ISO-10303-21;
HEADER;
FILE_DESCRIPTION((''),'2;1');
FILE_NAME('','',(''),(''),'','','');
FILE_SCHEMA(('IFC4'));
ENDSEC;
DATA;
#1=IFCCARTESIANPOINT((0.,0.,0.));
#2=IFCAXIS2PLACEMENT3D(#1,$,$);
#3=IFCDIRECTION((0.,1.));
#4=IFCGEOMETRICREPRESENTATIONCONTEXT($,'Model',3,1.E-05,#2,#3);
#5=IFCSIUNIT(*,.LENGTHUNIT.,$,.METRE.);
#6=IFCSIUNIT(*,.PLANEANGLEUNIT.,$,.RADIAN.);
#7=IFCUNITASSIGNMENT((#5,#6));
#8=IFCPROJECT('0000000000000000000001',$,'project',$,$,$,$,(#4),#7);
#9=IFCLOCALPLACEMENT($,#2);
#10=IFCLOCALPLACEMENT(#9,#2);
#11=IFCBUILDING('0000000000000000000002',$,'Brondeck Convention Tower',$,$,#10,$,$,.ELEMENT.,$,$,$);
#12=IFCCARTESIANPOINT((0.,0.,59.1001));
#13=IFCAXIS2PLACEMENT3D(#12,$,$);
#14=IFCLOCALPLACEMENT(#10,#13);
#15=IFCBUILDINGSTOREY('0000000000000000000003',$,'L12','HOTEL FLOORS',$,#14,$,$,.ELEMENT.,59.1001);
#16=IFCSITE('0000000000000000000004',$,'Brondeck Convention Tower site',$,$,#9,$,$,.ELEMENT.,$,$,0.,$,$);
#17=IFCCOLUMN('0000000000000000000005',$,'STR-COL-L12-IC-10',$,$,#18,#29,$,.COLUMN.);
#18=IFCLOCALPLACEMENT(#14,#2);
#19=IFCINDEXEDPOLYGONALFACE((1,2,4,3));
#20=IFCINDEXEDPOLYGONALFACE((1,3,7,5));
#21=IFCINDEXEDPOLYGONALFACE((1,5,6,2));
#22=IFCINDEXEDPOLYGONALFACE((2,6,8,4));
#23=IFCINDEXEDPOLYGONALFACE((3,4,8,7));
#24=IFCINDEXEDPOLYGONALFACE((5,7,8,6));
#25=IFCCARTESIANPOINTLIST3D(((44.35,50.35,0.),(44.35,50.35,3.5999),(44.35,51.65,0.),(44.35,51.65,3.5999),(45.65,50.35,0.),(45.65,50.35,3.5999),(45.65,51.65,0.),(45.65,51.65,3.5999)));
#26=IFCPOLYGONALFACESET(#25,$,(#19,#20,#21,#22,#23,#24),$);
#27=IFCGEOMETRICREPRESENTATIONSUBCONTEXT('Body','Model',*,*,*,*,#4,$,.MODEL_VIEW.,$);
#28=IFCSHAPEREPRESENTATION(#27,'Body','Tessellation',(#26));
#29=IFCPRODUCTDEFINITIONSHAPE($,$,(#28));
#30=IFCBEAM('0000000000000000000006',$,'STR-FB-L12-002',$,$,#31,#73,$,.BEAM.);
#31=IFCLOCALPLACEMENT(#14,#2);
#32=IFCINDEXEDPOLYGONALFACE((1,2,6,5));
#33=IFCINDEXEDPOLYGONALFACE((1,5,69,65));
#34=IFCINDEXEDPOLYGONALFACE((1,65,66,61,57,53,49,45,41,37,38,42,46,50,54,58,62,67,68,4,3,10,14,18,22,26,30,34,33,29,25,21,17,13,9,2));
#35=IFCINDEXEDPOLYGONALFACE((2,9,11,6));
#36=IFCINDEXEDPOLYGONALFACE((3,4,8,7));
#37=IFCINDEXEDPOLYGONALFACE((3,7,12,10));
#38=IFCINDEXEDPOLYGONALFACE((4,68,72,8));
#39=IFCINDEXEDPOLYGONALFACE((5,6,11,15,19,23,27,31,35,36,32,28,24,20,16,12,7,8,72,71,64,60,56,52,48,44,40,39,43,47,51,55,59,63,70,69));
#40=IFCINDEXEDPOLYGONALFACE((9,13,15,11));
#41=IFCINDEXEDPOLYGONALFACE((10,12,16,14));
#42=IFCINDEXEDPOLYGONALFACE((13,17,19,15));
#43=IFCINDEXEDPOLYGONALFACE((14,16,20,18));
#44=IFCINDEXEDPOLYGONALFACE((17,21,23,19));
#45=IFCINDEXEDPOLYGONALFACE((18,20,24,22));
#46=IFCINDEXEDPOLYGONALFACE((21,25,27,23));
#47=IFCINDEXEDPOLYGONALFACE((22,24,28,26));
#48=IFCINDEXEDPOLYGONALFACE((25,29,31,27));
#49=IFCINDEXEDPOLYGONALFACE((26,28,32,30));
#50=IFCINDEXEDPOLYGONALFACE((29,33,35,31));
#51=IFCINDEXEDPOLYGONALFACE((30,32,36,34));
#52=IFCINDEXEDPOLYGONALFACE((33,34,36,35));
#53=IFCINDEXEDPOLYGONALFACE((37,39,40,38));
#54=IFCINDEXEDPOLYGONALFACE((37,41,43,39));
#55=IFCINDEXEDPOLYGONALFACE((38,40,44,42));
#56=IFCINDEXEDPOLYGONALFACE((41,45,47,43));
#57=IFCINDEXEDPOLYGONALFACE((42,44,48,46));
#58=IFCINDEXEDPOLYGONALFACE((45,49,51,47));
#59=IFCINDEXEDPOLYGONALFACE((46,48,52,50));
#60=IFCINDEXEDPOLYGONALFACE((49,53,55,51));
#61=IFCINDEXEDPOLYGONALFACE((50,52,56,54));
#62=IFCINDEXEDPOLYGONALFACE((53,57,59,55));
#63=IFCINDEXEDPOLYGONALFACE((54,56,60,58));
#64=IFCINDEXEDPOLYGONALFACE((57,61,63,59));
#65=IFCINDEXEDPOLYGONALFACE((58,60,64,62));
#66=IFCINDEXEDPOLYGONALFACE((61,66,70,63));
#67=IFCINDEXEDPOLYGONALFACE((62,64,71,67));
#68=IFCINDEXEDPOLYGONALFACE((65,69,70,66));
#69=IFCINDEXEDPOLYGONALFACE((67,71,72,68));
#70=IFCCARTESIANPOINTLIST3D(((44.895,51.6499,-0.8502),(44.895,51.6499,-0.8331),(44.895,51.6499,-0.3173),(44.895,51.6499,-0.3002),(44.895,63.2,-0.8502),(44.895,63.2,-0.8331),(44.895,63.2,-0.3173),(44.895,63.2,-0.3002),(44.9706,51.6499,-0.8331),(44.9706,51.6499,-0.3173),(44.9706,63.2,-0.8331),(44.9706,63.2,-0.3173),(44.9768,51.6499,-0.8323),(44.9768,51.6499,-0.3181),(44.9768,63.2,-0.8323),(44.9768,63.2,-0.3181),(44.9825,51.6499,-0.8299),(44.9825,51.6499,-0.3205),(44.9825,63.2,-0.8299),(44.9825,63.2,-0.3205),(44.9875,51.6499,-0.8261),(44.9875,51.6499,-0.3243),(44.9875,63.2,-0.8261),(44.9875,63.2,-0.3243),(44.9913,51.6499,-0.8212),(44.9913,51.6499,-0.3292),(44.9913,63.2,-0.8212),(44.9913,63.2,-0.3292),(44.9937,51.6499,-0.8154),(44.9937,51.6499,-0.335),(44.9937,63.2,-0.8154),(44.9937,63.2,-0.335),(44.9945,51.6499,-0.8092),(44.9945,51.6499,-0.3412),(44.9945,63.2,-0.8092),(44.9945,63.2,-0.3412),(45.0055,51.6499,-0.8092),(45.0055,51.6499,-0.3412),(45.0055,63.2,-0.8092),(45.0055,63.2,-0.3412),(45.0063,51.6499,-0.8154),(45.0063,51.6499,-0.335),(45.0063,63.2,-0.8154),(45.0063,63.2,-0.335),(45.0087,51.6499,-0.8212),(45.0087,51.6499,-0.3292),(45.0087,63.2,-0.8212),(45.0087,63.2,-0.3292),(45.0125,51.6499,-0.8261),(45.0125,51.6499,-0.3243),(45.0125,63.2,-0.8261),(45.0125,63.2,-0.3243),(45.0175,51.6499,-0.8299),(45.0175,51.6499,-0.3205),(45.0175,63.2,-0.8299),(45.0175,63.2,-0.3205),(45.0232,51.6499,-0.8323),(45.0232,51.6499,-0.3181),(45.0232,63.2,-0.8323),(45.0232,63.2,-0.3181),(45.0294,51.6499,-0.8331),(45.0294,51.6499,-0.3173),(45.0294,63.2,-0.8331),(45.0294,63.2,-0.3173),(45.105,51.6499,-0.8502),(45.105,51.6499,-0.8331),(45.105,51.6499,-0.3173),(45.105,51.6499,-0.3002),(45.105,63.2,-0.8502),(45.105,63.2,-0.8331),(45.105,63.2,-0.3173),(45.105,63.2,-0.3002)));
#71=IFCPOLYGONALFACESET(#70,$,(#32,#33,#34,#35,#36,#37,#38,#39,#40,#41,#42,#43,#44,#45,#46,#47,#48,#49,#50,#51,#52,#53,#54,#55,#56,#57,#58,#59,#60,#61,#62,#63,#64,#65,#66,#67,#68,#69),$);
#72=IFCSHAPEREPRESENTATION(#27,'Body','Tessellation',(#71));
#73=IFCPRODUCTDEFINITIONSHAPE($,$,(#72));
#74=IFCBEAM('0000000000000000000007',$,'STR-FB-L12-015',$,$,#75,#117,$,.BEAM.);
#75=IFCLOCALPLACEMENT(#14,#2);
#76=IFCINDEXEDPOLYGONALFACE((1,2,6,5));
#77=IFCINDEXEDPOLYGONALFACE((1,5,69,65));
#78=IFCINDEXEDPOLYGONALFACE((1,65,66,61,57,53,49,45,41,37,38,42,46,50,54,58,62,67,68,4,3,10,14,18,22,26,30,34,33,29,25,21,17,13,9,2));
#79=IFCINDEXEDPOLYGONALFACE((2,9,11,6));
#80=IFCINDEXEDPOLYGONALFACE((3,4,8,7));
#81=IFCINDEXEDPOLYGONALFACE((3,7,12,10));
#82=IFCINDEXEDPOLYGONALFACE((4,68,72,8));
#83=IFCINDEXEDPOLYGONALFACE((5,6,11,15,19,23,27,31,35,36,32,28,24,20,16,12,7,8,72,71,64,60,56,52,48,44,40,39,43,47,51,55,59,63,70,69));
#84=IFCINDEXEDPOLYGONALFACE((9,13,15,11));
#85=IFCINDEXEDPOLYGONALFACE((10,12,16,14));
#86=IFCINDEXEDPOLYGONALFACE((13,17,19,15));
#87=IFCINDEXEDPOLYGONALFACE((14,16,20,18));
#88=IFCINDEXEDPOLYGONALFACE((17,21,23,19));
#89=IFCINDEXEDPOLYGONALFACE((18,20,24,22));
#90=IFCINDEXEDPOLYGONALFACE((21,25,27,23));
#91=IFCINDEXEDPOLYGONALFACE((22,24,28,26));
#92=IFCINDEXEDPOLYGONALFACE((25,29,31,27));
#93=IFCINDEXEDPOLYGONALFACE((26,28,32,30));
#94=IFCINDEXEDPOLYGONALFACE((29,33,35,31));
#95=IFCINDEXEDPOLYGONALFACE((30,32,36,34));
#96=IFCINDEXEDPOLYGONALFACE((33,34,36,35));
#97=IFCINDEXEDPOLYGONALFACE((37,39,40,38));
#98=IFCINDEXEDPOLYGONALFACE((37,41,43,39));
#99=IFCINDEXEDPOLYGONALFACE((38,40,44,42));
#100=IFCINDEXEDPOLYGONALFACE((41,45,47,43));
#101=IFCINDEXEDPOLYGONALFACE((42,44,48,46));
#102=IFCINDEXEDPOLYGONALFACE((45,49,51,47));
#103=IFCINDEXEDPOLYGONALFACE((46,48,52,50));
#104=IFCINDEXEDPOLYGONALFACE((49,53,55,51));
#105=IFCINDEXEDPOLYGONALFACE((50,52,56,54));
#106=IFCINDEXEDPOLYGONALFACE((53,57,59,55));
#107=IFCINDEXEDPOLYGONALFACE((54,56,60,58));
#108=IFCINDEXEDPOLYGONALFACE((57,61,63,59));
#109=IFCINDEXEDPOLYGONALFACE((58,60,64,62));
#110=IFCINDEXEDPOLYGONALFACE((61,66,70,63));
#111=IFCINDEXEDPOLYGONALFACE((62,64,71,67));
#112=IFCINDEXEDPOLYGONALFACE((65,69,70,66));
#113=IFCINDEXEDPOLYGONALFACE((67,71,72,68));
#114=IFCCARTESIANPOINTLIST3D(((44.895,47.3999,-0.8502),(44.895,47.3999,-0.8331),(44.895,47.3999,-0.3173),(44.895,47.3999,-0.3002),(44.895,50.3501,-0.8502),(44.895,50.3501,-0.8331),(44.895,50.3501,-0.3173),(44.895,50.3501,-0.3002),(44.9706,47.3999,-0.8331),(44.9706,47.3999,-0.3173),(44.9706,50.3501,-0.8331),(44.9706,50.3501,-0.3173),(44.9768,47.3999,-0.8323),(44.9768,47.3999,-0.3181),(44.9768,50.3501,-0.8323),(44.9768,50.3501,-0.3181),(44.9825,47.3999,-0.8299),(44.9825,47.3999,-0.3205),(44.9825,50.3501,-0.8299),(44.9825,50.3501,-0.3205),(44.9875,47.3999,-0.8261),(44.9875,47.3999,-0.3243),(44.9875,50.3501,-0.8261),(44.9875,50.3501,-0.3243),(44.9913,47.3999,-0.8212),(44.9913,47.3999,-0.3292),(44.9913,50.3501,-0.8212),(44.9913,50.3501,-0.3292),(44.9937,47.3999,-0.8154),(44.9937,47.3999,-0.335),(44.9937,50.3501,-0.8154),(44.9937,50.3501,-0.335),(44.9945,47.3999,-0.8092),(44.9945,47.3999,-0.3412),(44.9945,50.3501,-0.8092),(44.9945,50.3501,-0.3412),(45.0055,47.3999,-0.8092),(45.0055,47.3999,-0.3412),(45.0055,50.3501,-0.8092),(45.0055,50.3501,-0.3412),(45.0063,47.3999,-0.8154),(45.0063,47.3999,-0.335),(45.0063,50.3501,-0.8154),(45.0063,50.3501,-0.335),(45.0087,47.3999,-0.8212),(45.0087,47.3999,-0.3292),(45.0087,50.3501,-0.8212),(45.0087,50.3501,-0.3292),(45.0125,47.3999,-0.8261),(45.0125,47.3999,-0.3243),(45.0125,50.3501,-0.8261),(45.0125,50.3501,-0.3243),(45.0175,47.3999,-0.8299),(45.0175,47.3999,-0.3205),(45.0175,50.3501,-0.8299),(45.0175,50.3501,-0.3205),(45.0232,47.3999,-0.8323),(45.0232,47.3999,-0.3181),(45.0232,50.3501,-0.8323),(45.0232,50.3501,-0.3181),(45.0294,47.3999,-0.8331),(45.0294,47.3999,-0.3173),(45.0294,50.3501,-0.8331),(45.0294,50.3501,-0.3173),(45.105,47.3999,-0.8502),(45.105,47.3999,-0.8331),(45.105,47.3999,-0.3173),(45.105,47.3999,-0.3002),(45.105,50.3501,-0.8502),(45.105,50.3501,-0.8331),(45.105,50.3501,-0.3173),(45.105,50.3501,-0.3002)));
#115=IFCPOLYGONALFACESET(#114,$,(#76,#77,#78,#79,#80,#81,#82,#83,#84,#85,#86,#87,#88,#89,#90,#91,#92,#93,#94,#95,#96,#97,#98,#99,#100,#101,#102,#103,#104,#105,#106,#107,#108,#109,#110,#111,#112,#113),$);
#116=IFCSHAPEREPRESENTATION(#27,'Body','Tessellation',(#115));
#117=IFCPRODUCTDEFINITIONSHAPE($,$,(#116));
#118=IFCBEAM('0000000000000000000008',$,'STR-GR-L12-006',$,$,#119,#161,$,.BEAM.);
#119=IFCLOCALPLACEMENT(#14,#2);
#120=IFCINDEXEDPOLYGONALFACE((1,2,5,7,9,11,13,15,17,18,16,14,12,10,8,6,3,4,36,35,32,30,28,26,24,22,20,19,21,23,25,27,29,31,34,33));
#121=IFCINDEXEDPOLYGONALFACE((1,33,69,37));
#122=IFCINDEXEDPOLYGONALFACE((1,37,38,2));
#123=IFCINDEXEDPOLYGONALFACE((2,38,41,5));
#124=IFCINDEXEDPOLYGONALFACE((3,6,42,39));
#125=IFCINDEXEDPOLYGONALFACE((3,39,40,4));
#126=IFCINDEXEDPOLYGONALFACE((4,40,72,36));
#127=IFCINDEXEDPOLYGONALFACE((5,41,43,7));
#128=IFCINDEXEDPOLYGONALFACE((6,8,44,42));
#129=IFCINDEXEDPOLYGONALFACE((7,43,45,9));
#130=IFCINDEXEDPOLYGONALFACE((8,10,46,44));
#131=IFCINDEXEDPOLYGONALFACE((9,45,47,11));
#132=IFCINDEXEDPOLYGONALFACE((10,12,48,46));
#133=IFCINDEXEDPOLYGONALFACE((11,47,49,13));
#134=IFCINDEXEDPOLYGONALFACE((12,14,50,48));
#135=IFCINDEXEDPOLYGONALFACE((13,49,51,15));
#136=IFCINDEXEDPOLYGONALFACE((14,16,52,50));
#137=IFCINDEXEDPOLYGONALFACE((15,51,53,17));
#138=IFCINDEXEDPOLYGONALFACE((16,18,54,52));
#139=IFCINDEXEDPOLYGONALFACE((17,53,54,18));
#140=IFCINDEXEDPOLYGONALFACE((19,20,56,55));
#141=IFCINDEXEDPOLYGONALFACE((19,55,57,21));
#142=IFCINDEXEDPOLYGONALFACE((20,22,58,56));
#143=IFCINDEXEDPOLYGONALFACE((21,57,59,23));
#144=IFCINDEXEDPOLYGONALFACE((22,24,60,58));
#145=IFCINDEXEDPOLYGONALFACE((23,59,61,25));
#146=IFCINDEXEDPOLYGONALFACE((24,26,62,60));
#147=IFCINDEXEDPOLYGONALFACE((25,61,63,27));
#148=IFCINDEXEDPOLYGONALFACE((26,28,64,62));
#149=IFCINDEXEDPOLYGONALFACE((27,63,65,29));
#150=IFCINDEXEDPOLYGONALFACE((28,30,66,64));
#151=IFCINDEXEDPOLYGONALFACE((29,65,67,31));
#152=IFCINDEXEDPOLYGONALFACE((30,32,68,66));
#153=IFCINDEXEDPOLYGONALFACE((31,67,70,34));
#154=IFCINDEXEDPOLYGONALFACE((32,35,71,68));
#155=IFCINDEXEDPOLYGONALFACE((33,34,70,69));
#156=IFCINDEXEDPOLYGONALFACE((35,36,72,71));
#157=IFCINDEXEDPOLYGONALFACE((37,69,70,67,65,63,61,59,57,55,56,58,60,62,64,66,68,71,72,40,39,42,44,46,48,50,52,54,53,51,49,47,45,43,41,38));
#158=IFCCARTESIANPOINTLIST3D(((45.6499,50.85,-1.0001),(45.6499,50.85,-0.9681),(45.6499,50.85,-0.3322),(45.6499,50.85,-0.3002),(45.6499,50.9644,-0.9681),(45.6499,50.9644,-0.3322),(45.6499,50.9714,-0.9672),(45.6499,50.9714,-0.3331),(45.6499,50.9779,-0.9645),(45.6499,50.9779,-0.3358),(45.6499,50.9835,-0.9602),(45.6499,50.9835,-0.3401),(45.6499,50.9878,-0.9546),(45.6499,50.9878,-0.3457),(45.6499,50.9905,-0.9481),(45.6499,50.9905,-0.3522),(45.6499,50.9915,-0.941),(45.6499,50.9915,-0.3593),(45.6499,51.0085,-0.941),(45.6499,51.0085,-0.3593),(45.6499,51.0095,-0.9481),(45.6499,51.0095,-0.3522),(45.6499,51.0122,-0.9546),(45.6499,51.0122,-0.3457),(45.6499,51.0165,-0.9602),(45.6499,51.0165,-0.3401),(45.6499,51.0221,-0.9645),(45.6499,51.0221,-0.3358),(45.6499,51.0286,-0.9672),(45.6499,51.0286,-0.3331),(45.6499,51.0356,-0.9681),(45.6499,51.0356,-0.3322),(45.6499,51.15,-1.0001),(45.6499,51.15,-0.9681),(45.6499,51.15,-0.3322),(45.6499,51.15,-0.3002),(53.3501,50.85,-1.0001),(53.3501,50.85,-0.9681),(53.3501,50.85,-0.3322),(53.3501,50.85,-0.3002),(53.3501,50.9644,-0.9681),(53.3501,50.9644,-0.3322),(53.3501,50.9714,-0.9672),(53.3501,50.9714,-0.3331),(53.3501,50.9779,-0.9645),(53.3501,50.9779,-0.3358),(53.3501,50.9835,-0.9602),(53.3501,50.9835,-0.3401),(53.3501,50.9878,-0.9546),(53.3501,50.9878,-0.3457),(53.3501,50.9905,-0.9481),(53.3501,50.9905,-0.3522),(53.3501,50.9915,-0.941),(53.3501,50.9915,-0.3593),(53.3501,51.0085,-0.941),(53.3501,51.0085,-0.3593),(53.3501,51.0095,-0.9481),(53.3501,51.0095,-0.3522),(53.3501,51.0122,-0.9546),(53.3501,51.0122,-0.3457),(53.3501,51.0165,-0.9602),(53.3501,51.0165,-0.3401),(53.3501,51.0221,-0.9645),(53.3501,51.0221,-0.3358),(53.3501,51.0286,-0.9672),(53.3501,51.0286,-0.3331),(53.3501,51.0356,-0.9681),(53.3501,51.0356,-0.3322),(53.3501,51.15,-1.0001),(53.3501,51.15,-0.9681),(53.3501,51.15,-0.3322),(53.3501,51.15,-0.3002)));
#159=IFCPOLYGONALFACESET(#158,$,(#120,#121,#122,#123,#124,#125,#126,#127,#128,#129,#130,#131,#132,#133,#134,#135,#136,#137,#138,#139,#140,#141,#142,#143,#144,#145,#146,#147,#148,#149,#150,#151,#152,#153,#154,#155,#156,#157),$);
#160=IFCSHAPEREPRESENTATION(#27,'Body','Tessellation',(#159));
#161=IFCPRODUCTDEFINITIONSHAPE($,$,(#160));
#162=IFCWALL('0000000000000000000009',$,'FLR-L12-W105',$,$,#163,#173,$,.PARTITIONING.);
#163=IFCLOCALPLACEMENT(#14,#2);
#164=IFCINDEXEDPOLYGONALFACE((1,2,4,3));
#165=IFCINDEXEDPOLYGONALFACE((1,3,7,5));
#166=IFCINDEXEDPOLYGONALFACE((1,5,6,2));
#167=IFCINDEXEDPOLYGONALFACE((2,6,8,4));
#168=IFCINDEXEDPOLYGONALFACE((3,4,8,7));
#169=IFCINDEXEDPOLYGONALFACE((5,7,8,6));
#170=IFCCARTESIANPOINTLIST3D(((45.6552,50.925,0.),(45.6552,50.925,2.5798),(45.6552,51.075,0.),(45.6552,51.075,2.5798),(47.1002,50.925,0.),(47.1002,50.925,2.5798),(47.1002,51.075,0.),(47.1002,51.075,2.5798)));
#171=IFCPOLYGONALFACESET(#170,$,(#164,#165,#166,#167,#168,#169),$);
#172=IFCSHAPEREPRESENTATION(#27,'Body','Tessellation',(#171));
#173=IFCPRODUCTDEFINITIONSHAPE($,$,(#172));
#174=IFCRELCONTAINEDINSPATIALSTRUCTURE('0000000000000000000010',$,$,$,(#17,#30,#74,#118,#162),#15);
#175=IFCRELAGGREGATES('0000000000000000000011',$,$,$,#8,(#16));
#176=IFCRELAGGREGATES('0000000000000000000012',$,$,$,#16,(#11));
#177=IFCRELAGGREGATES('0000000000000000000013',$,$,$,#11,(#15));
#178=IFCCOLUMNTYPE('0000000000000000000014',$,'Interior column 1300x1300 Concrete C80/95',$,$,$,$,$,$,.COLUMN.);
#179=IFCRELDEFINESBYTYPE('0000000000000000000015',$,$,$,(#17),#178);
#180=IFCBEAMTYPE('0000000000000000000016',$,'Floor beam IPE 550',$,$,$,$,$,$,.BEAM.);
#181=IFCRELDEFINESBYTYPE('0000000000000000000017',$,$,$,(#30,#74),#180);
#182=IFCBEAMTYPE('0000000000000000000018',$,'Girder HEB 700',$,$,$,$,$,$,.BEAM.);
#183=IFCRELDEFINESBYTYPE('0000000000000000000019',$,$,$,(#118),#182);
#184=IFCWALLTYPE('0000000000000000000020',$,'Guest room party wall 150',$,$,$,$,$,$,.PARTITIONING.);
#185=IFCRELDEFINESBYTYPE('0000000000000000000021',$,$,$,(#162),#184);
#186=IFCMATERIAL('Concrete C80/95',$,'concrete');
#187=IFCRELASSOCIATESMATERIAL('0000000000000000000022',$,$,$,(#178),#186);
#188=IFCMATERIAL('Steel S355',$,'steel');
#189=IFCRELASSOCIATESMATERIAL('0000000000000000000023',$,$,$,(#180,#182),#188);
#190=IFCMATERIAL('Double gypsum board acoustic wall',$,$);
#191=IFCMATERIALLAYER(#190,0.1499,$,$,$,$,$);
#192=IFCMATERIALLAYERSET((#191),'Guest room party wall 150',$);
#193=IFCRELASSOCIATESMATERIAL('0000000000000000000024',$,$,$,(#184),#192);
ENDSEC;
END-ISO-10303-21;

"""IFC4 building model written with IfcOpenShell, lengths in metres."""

from ifc_helpers import new_model, si_unit, direction, frame, frame_2d, origin, origin_2d, place, context, subcontext, project, spatial, rectangle, i_section, extrude, material, layer, layer_set, material_profile, profile_set, type_object, element, save


model = new_model("IFC4")

# Units and contexts
model_context = context("Model", 3, precision=1e-05, world=origin(), true_north=direction((0.0, 1.0)))
body_context = subcontext(model_context, "Body", "Model", "MODEL_VIEW")
ifc_project = project(units=[si_unit("LENGTHUNIT", "METRE"), si_unit("PLANEANGLEUNIT", "RADIAN")], contexts=[model_context])

# Site, building, storey
site_placement = place(None, origin())
site = spatial("IfcSite", under=ifc_project, at=site_placement, Name="Brondeck Convention Tower site", CompositionType="ELEMENT", RefElevation=0.0)
building_placement = place(site_placement, origin())
building = spatial("IfcBuilding", under=site, at=building_placement, Name="Brondeck Convention Tower", CompositionType="ELEMENT")
storey_placement = place(building_placement, frame((0.0, 0.0, 59.1001)))
storey = spatial("IfcBuildingStorey", under=building, at=storey_placement, Name="L12", Description="HOTEL FLOORS", CompositionType="ELEMENT", Elevation=59.1001)

# Column
ifc_material_1 = material(Name="Concrete C80/95", Category="concrete")
ifc_material_profile_1 = material_profile(ifc_material_1, rectangle(XDim=1.3, YDim=1.3, at=origin_2d()), Name="Interior column 1300x1300 Concrete C80/95")
ifc_profile_set_1 = profile_set([ifc_material_profile_1], Name="Concrete C80/95")
column_type = type_object("IfcColumnType", Name="Interior column 1300x1300 Concrete C80/95", PredefinedType="COLUMN", material=ifc_profile_set_1)
column_placement = place(storey_placement, frame((45.0, 51.0, 0.0), z_axis=(0.0, 0.0, 1.0), x_axis=(1.0, 0.0, 0.0)))
element("IfcColumn", 1, at=column_placement, inside=storey, type_object=column_type, Name="STR-COL-L12-IC-10", PredefinedType="COLUMN", context=body_context, shape_type="SweptSolid", body=[
    extrude(rectangle(XDim=1.3, YDim=1.3, at=origin_2d()), origin(), (0.0, 0.0, 1.0), 3.5999),
])

# Beams
ifc_material_2 = material(Name="Steel S355", Category="steel")
ifc_material_profile_2 = material_profile(ifc_material_2, i_section(OverallWidth=0.21, OverallDepth=0.55, WebThickness=0.011, FlangeThickness=0.0171, FilletRadius=0.0239, at=origin_2d()), Name="IPE 550")
ifc_profile_set_2 = profile_set([ifc_material_profile_2], Name="Steel S355")
beam_type_1 = type_object("IfcBeamType", Name="Floor beam IPE 550", PredefinedType="BEAM", material=ifc_profile_set_2)
beam_1_placement = place(storey_placement, frame((45.0, 51.6499, -0.5752), z_axis=(0.0, 1.0, 0.0), x_axis=(-1.0, 0.0, 0.0)))
element("IfcBeam", 2, at=beam_1_placement, inside=storey, type_object=beam_type_1, Name="STR-FB-L12-002", PredefinedType="BEAM", context=body_context, shape_type="SweptSolid", body=[
    extrude(i_section(OverallWidth=0.21, OverallDepth=0.55, WebThickness=0.011, FlangeThickness=0.0171, FilletRadius=0.0239, at=origin_2d()), origin(), (0.0, 0.0, 1.0), 11.55),
])
beam_2_placement = place(storey_placement, frame((45.0, 47.3999, -0.5752), z_axis=(0.0, 1.0, 0.0), x_axis=(-1.0, 0.0, 0.0)))
element("IfcBeam", 3, at=beam_2_placement, inside=storey, type_object=beam_type_1, Name="STR-FB-L12-015", PredefinedType="BEAM", context=body_context, shape_type="SweptSolid", body=[
    extrude(i_section(OverallWidth=0.21, OverallDepth=0.55, WebThickness=0.011, FlangeThickness=0.0171, FilletRadius=0.0239, at=origin_2d()), origin(), (0.0, 0.0, 1.0), 2.9502),
])
ifc_material_profile_3 = material_profile(ifc_material_2, i_section(OverallWidth=0.3, OverallDepth=0.7, WebThickness=0.0171, FlangeThickness=0.032, FilletRadius=0.0271, at=origin_2d()), Name="HEB 700")
ifc_profile_set_3 = profile_set([ifc_material_profile_3], Name="Steel S355")
beam_type_2 = type_object("IfcBeamType", Name="Girder HEB 700", PredefinedType="BEAM", material=ifc_profile_set_3)
beam_3_placement = place(storey_placement, frame((45.6499, 51.0, -0.6501), z_axis=(1.0, 0.0, 0.0), x_axis=(0.0, 1.0, 0.0)))
element("IfcBeam", 4, at=beam_3_placement, inside=storey, type_object=beam_type_2, Name="STR-GR-L12-006", PredefinedType="BEAM", context=body_context, shape_type="SweptSolid", body=[
    extrude(i_section(OverallWidth=0.3, OverallDepth=0.7, WebThickness=0.0171, FlangeThickness=0.032, FilletRadius=0.0271, at=origin_2d()), origin(), (0.0, 0.0, 1.0), 7.7002),
])

# Wall
ifc_material_3 = material(Name="Double gypsum board acoustic wall")
ifc_layer_1 = layer(ifc_material_3, 0.1499)
ifc_layer_set_1 = layer_set([ifc_layer_1], Name="Guest room party wall 150")
wall_type_1 = type_object("IfcWallType", Name="Guest room party wall 150", PredefinedType="PARTITIONING", material=ifc_layer_set_1)
wall_1_placement = place(storey_placement, frame((45.655, 51.0, 0.0), z_axis=(0.0, 0.0, 1.0), x_axis=(1.0, 0.0, 0.0)))
element("IfcWall", 5, at=wall_1_placement, inside=storey, type_object=wall_type_1, Name="FLR-L12-W105", PredefinedType="PARTITIONING", context=body_context, shape_type="SweptSolid", body=[
    extrude(rectangle(XDim=1.4451, YDim=0.1499, at=frame_2d((0.7227, 0.0))), origin(), (0.0, 0.0, 1.0), 2.5798),
])

save(model, "model.ifc")
